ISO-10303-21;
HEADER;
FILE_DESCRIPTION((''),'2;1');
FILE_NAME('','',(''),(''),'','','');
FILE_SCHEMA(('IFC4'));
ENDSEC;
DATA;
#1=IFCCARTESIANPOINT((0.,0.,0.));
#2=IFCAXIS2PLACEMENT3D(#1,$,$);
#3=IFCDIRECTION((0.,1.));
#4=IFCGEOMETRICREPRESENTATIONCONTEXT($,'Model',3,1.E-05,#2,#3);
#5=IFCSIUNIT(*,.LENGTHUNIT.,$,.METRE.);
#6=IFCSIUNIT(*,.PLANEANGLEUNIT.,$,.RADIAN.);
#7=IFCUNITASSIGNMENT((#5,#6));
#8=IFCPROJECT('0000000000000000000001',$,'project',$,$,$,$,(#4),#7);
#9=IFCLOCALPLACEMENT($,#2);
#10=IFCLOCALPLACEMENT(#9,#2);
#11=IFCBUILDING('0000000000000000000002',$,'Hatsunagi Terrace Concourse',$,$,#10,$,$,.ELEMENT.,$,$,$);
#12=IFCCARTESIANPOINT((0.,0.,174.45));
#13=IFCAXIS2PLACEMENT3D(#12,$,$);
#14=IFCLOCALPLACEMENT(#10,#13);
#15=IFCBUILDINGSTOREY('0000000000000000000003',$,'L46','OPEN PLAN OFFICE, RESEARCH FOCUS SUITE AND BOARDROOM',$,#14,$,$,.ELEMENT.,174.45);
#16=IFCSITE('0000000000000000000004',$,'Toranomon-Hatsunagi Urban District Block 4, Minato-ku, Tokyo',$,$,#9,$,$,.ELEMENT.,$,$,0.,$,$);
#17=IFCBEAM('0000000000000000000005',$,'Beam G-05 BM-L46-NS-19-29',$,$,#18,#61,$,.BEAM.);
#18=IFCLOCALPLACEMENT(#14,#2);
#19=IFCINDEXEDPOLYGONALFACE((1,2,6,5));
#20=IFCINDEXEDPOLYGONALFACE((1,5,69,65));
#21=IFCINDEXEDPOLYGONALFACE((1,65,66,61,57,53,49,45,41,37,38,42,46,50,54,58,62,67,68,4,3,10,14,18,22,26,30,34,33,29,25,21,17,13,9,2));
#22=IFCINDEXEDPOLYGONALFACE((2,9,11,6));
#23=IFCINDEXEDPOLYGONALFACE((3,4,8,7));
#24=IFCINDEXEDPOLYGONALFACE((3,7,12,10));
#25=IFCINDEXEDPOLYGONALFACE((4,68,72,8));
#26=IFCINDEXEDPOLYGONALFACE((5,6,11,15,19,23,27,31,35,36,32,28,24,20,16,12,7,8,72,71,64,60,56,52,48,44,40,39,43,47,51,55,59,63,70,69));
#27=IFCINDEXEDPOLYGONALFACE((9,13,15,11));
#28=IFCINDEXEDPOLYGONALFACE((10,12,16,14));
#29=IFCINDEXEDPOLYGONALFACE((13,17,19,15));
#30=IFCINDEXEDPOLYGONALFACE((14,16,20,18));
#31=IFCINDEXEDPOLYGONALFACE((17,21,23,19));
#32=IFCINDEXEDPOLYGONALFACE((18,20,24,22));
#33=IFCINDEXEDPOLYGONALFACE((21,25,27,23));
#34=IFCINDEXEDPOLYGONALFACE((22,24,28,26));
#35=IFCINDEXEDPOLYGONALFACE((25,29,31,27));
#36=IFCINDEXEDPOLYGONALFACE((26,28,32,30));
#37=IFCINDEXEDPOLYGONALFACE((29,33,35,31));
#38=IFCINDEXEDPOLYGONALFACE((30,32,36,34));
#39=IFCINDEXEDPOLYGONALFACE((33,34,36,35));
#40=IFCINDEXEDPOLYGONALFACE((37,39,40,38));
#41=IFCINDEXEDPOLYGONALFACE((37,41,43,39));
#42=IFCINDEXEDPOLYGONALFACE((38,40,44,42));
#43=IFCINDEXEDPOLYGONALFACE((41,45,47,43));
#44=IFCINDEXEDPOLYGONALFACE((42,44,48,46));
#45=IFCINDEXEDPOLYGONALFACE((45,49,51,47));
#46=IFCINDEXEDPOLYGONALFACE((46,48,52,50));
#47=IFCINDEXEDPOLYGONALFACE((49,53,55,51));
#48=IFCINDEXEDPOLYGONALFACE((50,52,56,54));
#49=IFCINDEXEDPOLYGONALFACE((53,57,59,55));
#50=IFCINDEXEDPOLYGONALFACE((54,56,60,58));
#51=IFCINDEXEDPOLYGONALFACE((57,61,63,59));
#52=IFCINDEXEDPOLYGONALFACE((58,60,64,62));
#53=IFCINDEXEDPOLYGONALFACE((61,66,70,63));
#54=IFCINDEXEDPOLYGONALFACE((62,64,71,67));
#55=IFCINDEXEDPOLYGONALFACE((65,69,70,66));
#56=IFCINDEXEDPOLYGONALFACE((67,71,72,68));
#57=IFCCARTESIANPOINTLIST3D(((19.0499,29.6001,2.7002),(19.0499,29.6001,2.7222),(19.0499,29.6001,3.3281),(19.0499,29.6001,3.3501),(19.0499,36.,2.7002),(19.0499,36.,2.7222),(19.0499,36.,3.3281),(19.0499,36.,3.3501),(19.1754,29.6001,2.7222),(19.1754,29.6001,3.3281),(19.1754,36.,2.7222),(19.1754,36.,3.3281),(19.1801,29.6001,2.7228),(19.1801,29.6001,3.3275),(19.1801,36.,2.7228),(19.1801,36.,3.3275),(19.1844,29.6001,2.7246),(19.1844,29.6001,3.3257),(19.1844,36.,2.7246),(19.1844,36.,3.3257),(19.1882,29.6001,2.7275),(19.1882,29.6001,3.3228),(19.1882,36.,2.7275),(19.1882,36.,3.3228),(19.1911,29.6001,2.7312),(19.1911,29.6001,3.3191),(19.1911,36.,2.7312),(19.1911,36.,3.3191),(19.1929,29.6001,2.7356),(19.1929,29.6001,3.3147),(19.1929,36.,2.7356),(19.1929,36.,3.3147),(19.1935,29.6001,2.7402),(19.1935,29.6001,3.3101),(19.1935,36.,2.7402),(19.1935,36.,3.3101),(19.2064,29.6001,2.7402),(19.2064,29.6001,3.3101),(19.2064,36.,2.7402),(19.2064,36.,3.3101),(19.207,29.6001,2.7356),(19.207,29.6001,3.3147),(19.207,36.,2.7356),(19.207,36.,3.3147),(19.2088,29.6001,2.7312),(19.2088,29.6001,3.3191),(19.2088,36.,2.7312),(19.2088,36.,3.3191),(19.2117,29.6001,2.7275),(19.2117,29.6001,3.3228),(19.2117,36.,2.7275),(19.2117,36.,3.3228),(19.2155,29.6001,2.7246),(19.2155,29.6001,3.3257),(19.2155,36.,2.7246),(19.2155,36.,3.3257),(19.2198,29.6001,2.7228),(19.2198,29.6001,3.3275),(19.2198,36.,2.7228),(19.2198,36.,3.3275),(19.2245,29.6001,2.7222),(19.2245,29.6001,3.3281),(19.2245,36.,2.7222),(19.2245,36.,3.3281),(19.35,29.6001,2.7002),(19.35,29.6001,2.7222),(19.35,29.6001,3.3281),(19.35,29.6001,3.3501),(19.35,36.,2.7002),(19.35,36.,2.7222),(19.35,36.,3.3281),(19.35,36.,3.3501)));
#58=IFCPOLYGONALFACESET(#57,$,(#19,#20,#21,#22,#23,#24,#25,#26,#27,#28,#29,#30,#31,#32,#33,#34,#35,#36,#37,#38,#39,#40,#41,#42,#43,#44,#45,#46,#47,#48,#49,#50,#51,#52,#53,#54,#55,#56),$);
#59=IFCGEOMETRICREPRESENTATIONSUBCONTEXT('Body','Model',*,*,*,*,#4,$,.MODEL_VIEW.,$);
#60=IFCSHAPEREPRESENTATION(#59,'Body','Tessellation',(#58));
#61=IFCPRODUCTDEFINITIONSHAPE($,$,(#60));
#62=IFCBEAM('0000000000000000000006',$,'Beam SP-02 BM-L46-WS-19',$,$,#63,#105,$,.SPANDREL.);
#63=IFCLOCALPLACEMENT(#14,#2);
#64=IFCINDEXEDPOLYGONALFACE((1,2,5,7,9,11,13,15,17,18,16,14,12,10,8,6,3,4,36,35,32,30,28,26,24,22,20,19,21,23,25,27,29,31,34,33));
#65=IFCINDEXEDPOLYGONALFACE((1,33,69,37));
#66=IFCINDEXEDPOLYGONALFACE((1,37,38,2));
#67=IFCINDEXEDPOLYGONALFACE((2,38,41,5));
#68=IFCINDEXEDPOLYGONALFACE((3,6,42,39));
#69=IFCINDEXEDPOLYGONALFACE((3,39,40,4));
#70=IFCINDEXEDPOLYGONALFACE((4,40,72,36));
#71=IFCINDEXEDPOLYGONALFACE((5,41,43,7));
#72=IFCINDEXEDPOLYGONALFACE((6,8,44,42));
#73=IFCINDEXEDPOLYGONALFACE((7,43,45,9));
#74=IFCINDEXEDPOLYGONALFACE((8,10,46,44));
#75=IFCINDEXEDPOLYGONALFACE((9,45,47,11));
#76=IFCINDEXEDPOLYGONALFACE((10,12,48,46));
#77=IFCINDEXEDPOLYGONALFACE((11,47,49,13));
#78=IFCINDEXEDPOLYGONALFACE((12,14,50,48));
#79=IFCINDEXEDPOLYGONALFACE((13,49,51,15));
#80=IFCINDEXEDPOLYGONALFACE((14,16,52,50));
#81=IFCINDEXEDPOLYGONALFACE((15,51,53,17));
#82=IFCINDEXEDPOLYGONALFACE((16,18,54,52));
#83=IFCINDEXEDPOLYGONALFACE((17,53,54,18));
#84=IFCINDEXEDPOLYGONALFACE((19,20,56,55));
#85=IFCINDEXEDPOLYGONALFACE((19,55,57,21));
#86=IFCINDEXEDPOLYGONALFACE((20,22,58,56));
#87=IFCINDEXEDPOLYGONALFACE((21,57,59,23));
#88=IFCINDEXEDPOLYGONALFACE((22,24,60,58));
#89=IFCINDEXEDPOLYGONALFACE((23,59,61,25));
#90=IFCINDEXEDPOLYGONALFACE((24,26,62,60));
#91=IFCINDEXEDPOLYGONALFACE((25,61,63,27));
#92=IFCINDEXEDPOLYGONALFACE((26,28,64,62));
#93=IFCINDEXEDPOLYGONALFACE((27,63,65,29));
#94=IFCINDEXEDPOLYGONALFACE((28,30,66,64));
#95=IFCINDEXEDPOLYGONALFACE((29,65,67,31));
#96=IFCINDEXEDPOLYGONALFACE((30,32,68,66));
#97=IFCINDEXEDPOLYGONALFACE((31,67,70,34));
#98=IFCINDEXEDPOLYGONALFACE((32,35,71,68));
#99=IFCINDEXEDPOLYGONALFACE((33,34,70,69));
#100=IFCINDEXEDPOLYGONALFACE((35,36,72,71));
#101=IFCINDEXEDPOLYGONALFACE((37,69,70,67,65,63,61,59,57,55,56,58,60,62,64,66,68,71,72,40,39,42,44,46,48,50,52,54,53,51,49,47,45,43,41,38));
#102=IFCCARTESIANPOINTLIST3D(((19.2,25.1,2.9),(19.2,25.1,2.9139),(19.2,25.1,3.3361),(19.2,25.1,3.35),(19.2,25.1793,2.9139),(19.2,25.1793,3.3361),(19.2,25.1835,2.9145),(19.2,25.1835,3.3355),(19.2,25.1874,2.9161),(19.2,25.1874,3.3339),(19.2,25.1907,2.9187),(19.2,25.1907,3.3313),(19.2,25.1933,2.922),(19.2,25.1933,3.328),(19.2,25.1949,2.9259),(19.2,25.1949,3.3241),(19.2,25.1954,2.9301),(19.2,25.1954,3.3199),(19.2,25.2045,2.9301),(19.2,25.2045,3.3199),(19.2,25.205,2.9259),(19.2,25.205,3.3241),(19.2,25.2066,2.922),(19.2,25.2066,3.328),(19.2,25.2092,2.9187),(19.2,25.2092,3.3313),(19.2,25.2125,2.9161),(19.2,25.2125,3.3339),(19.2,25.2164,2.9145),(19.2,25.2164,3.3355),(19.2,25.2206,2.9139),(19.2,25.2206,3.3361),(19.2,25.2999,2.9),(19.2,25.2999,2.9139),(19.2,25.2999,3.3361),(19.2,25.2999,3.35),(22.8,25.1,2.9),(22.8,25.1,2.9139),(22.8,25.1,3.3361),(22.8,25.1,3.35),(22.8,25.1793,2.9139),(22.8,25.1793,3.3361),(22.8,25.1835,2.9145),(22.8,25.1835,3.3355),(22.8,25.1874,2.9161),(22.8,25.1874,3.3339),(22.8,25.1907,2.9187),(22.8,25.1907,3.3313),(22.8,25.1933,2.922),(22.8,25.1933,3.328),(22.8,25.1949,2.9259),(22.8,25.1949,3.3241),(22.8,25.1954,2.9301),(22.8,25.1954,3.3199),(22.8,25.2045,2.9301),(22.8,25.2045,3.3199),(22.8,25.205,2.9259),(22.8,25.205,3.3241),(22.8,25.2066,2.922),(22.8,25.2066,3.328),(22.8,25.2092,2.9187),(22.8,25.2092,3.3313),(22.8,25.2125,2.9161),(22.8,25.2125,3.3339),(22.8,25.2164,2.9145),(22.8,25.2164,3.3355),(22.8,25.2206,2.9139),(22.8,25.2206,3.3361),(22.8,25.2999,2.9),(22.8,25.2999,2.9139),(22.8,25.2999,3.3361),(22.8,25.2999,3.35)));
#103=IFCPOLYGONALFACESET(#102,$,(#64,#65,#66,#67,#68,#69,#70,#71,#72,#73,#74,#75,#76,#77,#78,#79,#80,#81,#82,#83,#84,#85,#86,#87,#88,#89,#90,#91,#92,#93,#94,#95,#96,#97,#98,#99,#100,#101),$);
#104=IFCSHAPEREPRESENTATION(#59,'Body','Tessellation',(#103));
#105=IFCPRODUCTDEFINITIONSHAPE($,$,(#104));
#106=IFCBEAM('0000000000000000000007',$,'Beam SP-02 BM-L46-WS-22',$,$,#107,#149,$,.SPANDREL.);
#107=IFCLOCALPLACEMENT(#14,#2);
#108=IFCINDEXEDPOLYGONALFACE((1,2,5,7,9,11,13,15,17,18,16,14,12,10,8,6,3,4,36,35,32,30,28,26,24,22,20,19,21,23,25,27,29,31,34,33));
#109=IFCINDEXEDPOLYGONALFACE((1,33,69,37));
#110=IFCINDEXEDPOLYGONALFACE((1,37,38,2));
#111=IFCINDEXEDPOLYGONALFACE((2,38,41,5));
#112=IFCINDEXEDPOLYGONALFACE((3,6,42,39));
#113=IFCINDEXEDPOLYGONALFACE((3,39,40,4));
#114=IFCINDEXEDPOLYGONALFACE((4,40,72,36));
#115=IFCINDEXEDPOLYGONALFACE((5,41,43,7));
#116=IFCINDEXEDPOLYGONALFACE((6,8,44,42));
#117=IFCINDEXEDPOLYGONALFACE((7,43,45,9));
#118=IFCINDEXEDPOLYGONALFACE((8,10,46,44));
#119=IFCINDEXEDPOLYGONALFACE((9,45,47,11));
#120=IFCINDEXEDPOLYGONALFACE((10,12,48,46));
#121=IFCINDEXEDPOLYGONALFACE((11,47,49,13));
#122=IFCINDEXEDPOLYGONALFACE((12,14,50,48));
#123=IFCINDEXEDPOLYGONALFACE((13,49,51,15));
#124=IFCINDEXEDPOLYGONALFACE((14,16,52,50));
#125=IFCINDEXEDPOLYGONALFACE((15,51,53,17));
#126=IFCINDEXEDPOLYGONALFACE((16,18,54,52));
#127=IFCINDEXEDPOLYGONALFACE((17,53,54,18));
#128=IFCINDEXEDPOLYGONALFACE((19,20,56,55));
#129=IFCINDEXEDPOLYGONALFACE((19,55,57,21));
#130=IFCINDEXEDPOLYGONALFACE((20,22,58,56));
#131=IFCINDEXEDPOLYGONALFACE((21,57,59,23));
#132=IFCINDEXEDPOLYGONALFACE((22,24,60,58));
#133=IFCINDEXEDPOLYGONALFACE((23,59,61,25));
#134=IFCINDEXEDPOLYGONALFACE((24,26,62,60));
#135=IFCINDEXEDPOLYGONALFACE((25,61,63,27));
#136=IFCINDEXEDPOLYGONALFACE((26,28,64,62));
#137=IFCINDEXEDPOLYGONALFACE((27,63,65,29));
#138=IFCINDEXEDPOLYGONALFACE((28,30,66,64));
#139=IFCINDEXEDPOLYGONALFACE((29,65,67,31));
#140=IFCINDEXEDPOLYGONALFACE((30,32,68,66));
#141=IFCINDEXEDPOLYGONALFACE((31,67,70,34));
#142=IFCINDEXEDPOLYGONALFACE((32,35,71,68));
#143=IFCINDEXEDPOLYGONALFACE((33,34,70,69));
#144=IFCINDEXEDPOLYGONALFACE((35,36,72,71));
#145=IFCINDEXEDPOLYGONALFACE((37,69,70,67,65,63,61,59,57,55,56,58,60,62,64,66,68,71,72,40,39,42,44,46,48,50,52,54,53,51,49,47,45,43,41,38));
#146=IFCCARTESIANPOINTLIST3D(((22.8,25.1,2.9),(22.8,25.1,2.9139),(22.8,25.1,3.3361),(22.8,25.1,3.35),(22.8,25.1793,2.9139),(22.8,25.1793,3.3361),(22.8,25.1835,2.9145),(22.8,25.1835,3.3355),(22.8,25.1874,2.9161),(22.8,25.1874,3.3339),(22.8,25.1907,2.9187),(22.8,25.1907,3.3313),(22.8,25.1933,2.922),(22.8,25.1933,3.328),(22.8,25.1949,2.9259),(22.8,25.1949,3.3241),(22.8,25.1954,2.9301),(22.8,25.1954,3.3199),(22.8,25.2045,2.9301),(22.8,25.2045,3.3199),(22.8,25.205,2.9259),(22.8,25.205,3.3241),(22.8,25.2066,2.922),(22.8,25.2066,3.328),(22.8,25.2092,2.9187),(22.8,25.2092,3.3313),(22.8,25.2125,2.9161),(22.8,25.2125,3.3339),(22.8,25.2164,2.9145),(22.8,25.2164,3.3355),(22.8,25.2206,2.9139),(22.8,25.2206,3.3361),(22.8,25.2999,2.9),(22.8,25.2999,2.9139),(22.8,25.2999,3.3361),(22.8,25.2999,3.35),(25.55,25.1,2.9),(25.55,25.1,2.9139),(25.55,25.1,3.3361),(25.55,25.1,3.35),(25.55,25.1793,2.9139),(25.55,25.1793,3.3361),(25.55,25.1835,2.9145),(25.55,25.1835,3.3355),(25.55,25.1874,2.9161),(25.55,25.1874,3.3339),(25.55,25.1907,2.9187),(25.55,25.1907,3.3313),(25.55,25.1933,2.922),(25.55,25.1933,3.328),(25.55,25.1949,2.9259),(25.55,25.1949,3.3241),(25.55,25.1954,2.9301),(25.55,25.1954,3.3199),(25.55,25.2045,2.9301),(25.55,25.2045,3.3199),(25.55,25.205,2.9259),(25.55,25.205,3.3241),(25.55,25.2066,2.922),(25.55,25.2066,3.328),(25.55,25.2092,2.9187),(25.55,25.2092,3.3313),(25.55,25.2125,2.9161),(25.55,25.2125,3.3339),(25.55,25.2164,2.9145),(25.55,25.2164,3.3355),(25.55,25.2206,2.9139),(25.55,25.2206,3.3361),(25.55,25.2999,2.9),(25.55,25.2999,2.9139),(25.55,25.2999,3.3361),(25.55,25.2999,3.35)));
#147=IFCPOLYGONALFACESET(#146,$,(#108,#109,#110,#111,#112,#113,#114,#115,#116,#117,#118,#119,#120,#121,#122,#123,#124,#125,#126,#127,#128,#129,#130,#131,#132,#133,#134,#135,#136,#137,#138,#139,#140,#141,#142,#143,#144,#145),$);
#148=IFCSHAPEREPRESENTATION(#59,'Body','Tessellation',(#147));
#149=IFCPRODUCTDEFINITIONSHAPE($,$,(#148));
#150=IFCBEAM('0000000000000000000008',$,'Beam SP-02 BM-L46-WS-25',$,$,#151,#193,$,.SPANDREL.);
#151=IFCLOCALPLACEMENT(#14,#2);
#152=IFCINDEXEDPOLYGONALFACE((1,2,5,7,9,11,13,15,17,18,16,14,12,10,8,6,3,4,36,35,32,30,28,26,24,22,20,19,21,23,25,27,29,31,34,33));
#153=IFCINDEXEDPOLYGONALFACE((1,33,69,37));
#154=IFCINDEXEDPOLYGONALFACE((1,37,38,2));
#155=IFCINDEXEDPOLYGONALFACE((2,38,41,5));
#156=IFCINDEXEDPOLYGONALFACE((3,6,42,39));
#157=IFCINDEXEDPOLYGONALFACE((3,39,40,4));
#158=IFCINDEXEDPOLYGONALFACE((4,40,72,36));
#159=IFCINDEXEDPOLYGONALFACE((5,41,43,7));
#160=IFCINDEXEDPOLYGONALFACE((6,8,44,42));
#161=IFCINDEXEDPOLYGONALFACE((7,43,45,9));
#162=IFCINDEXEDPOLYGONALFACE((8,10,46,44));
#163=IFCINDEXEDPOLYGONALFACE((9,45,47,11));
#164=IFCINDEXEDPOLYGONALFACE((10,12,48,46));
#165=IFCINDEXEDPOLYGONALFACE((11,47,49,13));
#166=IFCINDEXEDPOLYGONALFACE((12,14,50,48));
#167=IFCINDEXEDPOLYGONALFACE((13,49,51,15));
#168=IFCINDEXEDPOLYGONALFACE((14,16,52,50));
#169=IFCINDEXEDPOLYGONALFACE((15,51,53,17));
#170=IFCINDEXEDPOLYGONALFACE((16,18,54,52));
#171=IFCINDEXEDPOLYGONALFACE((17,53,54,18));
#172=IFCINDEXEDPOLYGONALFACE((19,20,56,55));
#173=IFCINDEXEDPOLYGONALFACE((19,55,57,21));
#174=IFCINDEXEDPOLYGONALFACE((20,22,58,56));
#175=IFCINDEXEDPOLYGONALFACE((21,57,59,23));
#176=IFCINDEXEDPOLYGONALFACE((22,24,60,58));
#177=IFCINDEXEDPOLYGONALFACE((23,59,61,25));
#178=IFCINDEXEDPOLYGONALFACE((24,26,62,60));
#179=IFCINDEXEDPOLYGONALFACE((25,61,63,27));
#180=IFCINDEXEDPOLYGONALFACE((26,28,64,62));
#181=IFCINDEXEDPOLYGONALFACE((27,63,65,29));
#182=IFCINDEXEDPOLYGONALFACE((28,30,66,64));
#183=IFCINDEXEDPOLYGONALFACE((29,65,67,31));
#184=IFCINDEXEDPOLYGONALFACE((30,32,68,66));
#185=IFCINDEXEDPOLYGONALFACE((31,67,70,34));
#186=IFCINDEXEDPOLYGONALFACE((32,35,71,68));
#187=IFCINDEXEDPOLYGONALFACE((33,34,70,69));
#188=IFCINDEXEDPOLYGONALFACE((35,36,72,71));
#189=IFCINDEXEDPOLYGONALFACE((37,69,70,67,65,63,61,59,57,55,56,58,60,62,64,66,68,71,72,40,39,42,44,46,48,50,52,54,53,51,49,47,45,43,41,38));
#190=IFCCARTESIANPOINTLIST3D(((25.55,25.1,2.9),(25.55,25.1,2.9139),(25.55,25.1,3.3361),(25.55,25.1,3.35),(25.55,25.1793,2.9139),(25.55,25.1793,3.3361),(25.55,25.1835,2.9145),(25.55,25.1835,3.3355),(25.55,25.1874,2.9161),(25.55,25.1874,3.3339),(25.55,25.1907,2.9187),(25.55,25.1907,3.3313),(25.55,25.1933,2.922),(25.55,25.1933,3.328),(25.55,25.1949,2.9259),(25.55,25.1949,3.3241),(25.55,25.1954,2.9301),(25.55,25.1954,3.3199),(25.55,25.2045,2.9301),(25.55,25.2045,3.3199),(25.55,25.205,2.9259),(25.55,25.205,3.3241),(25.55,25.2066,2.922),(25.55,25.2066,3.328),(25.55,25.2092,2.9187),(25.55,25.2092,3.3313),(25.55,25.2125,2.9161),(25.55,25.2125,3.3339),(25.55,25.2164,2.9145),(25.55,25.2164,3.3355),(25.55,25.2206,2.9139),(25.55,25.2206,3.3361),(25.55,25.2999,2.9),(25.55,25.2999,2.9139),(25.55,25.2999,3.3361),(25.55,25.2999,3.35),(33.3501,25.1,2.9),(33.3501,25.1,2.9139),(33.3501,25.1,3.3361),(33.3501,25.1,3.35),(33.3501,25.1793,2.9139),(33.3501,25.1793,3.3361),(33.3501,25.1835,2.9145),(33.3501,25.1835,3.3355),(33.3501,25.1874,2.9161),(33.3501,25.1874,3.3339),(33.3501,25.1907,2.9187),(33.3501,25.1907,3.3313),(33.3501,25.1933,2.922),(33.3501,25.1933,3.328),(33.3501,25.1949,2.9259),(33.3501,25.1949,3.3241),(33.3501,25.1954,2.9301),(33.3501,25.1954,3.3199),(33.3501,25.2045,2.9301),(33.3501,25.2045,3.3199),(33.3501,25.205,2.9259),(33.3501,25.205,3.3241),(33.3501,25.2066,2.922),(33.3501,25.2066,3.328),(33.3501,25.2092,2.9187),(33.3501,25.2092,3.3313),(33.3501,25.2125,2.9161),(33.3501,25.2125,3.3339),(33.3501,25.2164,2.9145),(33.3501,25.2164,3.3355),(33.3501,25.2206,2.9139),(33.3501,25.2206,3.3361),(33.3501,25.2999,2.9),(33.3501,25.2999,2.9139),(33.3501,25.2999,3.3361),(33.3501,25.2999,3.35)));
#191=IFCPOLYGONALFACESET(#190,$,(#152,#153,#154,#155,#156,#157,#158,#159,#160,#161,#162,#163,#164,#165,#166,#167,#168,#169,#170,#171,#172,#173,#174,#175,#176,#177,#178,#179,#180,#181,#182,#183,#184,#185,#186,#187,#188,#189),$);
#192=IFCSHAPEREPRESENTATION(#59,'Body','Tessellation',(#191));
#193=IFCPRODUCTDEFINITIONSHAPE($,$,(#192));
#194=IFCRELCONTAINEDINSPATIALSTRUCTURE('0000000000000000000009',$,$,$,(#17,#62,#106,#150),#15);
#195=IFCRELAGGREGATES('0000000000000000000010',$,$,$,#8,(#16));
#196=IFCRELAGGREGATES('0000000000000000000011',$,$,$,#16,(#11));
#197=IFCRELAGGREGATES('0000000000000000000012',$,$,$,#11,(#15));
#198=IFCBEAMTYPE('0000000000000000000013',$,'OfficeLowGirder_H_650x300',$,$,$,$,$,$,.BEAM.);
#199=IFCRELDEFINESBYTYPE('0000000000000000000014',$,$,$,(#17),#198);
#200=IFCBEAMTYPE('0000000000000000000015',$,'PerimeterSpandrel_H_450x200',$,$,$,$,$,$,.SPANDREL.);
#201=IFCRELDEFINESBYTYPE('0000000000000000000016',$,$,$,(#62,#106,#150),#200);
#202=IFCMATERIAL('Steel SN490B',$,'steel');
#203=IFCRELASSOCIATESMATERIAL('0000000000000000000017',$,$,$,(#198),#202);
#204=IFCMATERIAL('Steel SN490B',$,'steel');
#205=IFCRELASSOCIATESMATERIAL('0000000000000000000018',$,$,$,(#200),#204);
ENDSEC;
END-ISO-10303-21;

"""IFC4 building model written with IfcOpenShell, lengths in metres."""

from ifc_helpers import new_model, si_unit, direction, frame, origin, origin_2d, place, context, subcontext, project, spatial, i_section, extrude, material, material_profile, profile_set, type_object, element, save


model = new_model("IFC4")

# Units and contexts
model_context = context("Model", 3, precision=1e-05, world=origin(), true_north=direction((0.0, 1.0)))
body_context = subcontext(model_context, "Body", "Model", "MODEL_VIEW")
ifc_project = project(units=[si_unit("LENGTHUNIT", "METRE"), si_unit("PLANEANGLEUNIT", "RADIAN")], contexts=[model_context])

# Site, building, storey
site_placement = place(None, origin())
site = spatial("IfcSite", under=ifc_project, at=site_placement, Name="Toranomon-Hatsunagi Urban District Block 4, Minato-ku, Tokyo", CompositionType="ELEMENT", RefElevation=0.0)
building_placement = place(site_placement, origin())
building = spatial("IfcBuilding", under=site, at=building_placement, Name="Hatsunagi Terrace Concourse", CompositionType="ELEMENT")
storey_placement = place(building_placement, frame((0.0, 0.0, 174.45)))
storey = spatial("IfcBuildingStorey", under=building, at=storey_placement, Name="L46", Description="OPEN PLAN OFFICE, RESEARCH FOCUS SUITE AND BOARDROOM", CompositionType="ELEMENT", Elevation=174.45)

# Beams
ifc_material_1 = material(Name="Steel SN490B", Category="steel")
ifc_material_profile_1 = material_profile(ifc_material_1, i_section(OverallWidth=0.3, OverallDepth=0.6499, WebThickness=0.0129, FlangeThickness=0.022, FilletRadius=0.0181, at=origin_2d()), Name="H-650x300x13x22")
ifc_profile_set_1 = profile_set([ifc_material_profile_1], Name="Steel SN490B")
beam_type_1 = type_object("IfcBeamType", Name="OfficeLowGirder_H_650x300", PredefinedType="BEAM", material=ifc_profile_set_1)
beam_1_placement = place(storey_placement, frame((19.2, 29.6001, 3.0251), z_axis=(0.0, 1.0, 0.0), x_axis=(-1.0, 0.0, 0.0)))
element("IfcBeam", 1, at=beam_1_placement, inside=storey, type_object=beam_type_1, Name="Beam G-05 BM-L46-NS-19-29", PredefinedType="BEAM", context=body_context, shape_type="SweptSolid", body=[
    extrude(i_section(OverallWidth=0.3, OverallDepth=0.6499, WebThickness=0.0129, FlangeThickness=0.022, FilletRadius=0.0181, at=origin_2d()), origin(), (0.0, 0.0, 1.0), 6.3999),
])
ifc_material_2 = material(Name="Steel SN490B", Category="steel")
ifc_material_profile_2 = material_profile(ifc_material_2, i_section(OverallWidth=0.2, OverallDepth=0.45, WebThickness=0.009, FlangeThickness=0.0139, FilletRadius=0.0161, at=origin_2d()), Name="H-450x200x9x14")
ifc_profile_set_2 = profile_set([ifc_material_profile_2], Name="Steel SN490B")
beam_type_2 = type_object("IfcBeamType", Name="PerimeterSpandrel_H_450x200", PredefinedType="SPANDREL", material=ifc_profile_set_2)
beam_2_placement = place(storey_placement, frame((19.2, 25.2, 3.125), z_axis=(1.0, 0.0, 0.0), x_axis=(0.0, 1.0, 0.0)))
element("IfcBeam", 2, at=beam_2_placement, inside=storey, type_object=beam_type_2, Name="Beam SP-02 BM-L46-WS-19", PredefinedType="SPANDREL", context=body_context, shape_type="SweptSolid", body=[
    extrude(i_section(OverallWidth=0.2, OverallDepth=0.45, WebThickness=0.009, FlangeThickness=0.0139, FilletRadius=0.0161, at=origin_2d()), origin(), (0.0, 0.0, 1.0), 3.6001),
])
beam_3_placement = place(storey_placement, frame((22.8, 25.2, 3.125), z_axis=(1.0, 0.0, 0.0), x_axis=(0.0, 1.0, 0.0)))
element("IfcBeam", 3, at=beam_3_placement, inside=storey, type_object=beam_type_2, Name="Beam SP-02 BM-L46-WS-22", PredefinedType="SPANDREL", context=body_context, shape_type="SweptSolid", body=[
    extrude(i_section(OverallWidth=0.2, OverallDepth=0.45, WebThickness=0.009, FlangeThickness=0.0139, FilletRadius=0.0161, at=origin_2d()), origin(), (0.0, 0.0, 1.0), 2.75),
])
beam_4_placement = place(storey_placement, frame((25.55, 25.2, 3.125), z_axis=(1.0, 0.0, 0.0), x_axis=(0.0, 1.0, 0.0)))
element("IfcBeam", 4, at=beam_4_placement, inside=storey, type_object=beam_type_2, Name="Beam SP-02 BM-L46-WS-25", PredefinedType="SPANDREL", context=body_context, shape_type="SweptSolid", body=[
    extrude(i_section(OverallWidth=0.2, OverallDepth=0.45, WebThickness=0.009, FlangeThickness=0.0139, FilletRadius=0.0161, at=origin_2d()), origin(), (0.0, 0.0, 1.0), 7.8),
])

save(model, "model.ifc")
